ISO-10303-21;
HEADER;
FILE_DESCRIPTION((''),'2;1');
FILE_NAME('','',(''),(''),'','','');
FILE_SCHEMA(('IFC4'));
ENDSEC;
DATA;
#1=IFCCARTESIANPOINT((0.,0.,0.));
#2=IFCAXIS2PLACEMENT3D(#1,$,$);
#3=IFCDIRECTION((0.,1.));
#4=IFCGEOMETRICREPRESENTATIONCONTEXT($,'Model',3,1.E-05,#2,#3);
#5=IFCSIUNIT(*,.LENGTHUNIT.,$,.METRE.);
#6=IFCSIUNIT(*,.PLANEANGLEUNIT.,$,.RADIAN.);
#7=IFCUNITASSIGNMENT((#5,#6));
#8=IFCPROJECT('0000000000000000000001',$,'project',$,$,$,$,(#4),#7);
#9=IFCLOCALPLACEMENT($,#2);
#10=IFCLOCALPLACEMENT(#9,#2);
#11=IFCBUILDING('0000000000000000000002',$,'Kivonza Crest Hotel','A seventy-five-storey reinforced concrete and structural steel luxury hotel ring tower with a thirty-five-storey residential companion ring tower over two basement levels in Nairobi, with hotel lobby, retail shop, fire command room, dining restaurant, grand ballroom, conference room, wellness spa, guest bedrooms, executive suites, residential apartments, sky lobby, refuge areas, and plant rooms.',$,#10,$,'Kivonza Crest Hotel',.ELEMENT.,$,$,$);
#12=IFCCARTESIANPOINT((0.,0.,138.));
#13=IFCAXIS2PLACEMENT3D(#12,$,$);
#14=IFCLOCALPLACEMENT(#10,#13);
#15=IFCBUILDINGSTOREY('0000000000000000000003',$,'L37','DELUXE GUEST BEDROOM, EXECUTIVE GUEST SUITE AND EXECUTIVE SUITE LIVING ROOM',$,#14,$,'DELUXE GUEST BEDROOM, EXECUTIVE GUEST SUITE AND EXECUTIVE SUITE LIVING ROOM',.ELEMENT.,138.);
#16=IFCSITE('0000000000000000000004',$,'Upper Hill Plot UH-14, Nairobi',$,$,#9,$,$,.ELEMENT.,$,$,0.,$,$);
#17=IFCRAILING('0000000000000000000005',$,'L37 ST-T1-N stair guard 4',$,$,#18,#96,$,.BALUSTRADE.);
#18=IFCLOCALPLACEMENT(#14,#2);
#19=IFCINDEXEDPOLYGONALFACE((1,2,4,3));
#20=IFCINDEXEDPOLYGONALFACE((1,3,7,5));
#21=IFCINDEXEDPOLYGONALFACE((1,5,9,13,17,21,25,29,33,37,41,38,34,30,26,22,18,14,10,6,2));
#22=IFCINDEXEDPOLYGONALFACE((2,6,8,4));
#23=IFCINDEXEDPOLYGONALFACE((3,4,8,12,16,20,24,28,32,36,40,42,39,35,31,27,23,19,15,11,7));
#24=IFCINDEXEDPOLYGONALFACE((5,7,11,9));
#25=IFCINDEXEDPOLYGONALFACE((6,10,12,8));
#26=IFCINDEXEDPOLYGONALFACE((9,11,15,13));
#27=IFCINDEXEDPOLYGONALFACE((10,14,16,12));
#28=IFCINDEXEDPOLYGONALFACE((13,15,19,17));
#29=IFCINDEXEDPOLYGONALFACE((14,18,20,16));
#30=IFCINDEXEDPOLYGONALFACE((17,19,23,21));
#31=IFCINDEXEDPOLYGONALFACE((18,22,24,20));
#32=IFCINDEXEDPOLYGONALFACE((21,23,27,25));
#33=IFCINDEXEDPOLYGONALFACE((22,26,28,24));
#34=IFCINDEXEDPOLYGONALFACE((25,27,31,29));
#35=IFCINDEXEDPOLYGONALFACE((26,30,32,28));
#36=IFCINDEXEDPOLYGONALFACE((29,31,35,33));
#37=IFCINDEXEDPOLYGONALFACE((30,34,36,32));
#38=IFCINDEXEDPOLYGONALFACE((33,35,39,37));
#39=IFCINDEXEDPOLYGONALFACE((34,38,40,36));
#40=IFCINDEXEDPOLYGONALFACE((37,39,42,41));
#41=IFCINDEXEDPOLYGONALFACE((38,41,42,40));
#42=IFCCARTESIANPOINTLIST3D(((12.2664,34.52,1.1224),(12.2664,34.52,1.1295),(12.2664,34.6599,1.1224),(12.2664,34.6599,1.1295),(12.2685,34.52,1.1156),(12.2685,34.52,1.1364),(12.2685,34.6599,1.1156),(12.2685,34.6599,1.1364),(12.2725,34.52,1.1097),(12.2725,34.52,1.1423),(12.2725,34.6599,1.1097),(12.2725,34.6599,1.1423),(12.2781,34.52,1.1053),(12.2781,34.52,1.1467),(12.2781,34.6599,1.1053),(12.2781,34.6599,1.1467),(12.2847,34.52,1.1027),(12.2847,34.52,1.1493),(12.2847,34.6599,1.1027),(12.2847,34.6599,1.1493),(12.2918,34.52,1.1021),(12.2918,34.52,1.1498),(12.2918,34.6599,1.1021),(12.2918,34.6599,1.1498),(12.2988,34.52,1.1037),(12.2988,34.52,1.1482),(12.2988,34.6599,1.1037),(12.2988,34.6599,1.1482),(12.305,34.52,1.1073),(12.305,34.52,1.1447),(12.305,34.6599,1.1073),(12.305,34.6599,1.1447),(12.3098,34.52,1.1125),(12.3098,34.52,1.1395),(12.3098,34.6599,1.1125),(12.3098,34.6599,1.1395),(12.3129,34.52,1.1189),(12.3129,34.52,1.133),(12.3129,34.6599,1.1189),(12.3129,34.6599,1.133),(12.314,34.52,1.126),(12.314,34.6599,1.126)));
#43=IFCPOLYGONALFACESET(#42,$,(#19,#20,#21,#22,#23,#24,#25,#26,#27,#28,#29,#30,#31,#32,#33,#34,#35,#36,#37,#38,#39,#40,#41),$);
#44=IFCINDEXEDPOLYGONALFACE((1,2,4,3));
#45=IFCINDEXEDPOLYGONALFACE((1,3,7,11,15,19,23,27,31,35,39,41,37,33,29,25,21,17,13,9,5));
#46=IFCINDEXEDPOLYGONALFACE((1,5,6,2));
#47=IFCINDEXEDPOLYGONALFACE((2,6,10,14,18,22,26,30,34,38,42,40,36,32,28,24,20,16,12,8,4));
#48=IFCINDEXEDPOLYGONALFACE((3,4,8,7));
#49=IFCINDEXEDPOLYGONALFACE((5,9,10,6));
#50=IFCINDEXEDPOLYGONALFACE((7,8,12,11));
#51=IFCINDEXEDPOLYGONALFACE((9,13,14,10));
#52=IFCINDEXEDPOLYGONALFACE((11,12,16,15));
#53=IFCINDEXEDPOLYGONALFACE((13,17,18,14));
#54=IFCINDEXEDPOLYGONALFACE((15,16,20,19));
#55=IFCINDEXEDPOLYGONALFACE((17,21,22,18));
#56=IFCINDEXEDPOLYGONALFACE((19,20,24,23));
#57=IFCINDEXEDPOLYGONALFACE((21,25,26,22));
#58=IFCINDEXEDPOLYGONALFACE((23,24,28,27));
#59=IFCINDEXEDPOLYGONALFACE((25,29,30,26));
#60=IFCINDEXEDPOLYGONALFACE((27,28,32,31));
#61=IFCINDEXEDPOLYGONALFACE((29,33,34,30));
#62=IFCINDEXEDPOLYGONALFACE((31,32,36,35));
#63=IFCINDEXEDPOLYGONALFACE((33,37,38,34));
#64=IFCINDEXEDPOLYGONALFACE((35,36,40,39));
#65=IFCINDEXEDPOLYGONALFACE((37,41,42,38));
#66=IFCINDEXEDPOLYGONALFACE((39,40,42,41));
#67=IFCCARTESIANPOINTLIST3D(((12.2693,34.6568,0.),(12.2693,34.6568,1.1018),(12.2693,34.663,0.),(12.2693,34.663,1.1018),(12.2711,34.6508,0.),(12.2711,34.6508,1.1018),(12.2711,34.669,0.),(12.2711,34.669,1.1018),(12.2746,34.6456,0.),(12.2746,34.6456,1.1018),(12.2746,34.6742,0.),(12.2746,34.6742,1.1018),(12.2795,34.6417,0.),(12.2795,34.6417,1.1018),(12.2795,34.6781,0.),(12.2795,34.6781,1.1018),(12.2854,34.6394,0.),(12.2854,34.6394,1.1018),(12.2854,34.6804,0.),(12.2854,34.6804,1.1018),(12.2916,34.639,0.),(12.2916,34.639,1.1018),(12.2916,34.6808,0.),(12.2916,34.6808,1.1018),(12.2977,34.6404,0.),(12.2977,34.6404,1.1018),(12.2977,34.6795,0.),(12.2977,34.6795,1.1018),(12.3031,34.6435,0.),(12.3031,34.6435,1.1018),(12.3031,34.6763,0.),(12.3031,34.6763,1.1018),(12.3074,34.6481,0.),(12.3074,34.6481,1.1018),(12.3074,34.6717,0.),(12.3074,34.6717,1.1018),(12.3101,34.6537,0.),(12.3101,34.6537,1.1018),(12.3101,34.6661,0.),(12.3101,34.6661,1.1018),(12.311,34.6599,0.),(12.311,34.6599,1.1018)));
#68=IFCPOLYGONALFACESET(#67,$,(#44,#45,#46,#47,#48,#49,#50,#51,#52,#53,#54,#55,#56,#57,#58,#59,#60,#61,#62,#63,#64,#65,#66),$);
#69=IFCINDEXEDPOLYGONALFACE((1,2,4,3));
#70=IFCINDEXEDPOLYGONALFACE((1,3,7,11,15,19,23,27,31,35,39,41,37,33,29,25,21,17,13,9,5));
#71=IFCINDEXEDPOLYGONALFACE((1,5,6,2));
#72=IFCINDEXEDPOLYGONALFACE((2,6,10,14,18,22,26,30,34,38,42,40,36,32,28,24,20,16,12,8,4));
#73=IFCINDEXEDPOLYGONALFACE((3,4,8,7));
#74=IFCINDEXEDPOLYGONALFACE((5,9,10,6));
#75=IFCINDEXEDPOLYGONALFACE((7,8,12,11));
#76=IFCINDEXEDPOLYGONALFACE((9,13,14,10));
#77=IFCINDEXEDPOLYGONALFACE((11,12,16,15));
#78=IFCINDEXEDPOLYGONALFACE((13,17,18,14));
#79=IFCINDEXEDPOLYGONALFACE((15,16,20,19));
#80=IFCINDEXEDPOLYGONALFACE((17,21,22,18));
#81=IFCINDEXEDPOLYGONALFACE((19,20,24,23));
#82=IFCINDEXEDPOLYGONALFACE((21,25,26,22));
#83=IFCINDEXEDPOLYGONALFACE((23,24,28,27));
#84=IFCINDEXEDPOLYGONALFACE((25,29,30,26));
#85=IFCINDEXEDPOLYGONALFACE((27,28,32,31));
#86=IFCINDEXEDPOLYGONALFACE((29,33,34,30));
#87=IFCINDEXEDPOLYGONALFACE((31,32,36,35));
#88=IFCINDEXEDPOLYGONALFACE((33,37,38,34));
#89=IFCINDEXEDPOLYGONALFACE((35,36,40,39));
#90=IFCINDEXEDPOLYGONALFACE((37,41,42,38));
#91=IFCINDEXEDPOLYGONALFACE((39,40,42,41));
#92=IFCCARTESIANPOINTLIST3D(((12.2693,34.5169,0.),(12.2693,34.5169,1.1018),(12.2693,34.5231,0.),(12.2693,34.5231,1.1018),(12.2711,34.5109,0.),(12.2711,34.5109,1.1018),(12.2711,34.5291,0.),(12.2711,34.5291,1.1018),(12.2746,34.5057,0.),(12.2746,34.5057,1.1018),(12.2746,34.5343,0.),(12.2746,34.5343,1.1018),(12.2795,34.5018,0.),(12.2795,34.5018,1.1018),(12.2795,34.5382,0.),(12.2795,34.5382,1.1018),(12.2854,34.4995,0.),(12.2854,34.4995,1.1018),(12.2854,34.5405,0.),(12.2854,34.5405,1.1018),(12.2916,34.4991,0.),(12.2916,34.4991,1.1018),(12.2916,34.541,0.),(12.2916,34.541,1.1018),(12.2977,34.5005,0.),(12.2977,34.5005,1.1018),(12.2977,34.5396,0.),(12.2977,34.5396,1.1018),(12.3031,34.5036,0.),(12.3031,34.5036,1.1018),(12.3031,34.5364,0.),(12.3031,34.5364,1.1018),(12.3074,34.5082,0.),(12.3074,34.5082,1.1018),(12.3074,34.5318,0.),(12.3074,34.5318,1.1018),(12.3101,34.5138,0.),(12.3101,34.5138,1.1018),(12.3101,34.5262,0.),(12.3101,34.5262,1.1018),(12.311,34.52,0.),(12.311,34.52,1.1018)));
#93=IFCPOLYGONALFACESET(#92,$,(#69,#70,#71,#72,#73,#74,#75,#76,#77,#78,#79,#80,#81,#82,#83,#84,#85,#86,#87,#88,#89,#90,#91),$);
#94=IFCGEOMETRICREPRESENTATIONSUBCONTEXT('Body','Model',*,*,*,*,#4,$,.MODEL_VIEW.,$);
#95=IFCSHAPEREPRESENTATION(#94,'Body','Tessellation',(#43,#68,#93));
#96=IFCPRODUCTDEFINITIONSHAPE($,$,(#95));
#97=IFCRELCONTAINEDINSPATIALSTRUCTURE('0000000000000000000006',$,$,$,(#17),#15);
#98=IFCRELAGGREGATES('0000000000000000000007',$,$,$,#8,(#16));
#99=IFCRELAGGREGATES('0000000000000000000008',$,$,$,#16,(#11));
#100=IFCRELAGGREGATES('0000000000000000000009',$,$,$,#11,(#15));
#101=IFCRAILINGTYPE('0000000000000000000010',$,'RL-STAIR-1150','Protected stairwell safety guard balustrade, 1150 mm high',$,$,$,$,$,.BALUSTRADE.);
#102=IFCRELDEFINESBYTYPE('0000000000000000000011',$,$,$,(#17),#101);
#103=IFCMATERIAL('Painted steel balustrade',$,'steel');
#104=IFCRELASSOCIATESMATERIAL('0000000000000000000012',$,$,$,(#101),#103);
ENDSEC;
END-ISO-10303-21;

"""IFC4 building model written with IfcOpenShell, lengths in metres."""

from ifc_helpers import new_model, si_unit, direction, frame, origin, origin_2d, place, context, subcontext, project, spatial, circle, extrude, material, type_object, element, save


model = new_model("IFC4")

# Units and contexts
model_context = context("Model", 3, precision=1e-05, world=origin(), true_north=direction((0.0, 1.0)))
body_context = subcontext(model_context, "Body", "Model", "MODEL_VIEW")
ifc_project = project(units=[si_unit("LENGTHUNIT", "METRE"), si_unit("PLANEANGLEUNIT", "RADIAN")], contexts=[model_context])

# Site, building, storey
site_placement = place(None, origin())
site = spatial("IfcSite", under=ifc_project, at=site_placement, Name="Upper Hill Plot UH-14, Nairobi", CompositionType="ELEMENT", RefElevation=0.0)
building_placement = place(site_placement, origin())
building = spatial("IfcBuilding", under=site, at=building_placement, Name="Kivonza Crest Hotel", Description="A seventy-five-storey reinforced concrete and structural steel luxury hotel ring tower with a thirty-five-storey residential companion ring tower over two basement levels in Nairobi, with hotel lobby, retail shop, fire command room, dining restaurant, grand ballroom, conference room, wellness spa, guest bedrooms, executive suites, residential apartments, sky lobby, refuge areas, and plant rooms.", LongName="Kivonza Crest Hotel", CompositionType="ELEMENT")
storey_placement = place(building_placement, frame((0.0, 0.0, 138.0)))
storey = spatial("IfcBuildingStorey", under=building, at=storey_placement, Name="L37", Description="DELUXE GUEST BEDROOM, EXECUTIVE GUEST SUITE AND EXECUTIVE SUITE LIVING ROOM", LongName="DELUXE GUEST BEDROOM, EXECUTIVE GUEST SUITE AND EXECUTIVE SUITE LIVING ROOM", CompositionType="ELEMENT", Elevation=138.0)

# Railing
ifc_material_1 = material(Name="Painted steel balustrade", Category="steel")
railing_type_1 = type_object("IfcRailingType", Name="RL-STAIR-1150", Description="Protected stairwell safety guard balustrade, 1150 mm high", PredefinedType="BALUSTRADE", material=ifc_material_1)
railing_1_placement = place(storey_placement, frame((12.29, 34.6599, 0.0)))
element("IfcRailing", 1, at=railing_1_placement, inside=storey, type_object=railing_type_1, Name="L37 ST-T1-N stair guard 4", PredefinedType="BALUSTRADE", context=body_context, shape_type="SweptSolid", body=[
    extrude(circle(Radius=0.0239, at=origin_2d()), frame((0.0, 0.0, 1.126), z_axis=(0.0, -1.0, 0.0), x_axis=(1.0, 0.0, 0.0)), (0.0, 0.0, 1.0), 0.1399),
    extrude(circle(Radius=0.021, at=origin_2d()), origin(), (0.0, 0.0, 1.0), 1.1018),
    extrude(circle(Radius=0.021, at=origin_2d()), frame((0.0, -0.1399, 0.0)), (0.0, 0.0, 1.0), 1.1018),
])

save(model, "model.ifc")
